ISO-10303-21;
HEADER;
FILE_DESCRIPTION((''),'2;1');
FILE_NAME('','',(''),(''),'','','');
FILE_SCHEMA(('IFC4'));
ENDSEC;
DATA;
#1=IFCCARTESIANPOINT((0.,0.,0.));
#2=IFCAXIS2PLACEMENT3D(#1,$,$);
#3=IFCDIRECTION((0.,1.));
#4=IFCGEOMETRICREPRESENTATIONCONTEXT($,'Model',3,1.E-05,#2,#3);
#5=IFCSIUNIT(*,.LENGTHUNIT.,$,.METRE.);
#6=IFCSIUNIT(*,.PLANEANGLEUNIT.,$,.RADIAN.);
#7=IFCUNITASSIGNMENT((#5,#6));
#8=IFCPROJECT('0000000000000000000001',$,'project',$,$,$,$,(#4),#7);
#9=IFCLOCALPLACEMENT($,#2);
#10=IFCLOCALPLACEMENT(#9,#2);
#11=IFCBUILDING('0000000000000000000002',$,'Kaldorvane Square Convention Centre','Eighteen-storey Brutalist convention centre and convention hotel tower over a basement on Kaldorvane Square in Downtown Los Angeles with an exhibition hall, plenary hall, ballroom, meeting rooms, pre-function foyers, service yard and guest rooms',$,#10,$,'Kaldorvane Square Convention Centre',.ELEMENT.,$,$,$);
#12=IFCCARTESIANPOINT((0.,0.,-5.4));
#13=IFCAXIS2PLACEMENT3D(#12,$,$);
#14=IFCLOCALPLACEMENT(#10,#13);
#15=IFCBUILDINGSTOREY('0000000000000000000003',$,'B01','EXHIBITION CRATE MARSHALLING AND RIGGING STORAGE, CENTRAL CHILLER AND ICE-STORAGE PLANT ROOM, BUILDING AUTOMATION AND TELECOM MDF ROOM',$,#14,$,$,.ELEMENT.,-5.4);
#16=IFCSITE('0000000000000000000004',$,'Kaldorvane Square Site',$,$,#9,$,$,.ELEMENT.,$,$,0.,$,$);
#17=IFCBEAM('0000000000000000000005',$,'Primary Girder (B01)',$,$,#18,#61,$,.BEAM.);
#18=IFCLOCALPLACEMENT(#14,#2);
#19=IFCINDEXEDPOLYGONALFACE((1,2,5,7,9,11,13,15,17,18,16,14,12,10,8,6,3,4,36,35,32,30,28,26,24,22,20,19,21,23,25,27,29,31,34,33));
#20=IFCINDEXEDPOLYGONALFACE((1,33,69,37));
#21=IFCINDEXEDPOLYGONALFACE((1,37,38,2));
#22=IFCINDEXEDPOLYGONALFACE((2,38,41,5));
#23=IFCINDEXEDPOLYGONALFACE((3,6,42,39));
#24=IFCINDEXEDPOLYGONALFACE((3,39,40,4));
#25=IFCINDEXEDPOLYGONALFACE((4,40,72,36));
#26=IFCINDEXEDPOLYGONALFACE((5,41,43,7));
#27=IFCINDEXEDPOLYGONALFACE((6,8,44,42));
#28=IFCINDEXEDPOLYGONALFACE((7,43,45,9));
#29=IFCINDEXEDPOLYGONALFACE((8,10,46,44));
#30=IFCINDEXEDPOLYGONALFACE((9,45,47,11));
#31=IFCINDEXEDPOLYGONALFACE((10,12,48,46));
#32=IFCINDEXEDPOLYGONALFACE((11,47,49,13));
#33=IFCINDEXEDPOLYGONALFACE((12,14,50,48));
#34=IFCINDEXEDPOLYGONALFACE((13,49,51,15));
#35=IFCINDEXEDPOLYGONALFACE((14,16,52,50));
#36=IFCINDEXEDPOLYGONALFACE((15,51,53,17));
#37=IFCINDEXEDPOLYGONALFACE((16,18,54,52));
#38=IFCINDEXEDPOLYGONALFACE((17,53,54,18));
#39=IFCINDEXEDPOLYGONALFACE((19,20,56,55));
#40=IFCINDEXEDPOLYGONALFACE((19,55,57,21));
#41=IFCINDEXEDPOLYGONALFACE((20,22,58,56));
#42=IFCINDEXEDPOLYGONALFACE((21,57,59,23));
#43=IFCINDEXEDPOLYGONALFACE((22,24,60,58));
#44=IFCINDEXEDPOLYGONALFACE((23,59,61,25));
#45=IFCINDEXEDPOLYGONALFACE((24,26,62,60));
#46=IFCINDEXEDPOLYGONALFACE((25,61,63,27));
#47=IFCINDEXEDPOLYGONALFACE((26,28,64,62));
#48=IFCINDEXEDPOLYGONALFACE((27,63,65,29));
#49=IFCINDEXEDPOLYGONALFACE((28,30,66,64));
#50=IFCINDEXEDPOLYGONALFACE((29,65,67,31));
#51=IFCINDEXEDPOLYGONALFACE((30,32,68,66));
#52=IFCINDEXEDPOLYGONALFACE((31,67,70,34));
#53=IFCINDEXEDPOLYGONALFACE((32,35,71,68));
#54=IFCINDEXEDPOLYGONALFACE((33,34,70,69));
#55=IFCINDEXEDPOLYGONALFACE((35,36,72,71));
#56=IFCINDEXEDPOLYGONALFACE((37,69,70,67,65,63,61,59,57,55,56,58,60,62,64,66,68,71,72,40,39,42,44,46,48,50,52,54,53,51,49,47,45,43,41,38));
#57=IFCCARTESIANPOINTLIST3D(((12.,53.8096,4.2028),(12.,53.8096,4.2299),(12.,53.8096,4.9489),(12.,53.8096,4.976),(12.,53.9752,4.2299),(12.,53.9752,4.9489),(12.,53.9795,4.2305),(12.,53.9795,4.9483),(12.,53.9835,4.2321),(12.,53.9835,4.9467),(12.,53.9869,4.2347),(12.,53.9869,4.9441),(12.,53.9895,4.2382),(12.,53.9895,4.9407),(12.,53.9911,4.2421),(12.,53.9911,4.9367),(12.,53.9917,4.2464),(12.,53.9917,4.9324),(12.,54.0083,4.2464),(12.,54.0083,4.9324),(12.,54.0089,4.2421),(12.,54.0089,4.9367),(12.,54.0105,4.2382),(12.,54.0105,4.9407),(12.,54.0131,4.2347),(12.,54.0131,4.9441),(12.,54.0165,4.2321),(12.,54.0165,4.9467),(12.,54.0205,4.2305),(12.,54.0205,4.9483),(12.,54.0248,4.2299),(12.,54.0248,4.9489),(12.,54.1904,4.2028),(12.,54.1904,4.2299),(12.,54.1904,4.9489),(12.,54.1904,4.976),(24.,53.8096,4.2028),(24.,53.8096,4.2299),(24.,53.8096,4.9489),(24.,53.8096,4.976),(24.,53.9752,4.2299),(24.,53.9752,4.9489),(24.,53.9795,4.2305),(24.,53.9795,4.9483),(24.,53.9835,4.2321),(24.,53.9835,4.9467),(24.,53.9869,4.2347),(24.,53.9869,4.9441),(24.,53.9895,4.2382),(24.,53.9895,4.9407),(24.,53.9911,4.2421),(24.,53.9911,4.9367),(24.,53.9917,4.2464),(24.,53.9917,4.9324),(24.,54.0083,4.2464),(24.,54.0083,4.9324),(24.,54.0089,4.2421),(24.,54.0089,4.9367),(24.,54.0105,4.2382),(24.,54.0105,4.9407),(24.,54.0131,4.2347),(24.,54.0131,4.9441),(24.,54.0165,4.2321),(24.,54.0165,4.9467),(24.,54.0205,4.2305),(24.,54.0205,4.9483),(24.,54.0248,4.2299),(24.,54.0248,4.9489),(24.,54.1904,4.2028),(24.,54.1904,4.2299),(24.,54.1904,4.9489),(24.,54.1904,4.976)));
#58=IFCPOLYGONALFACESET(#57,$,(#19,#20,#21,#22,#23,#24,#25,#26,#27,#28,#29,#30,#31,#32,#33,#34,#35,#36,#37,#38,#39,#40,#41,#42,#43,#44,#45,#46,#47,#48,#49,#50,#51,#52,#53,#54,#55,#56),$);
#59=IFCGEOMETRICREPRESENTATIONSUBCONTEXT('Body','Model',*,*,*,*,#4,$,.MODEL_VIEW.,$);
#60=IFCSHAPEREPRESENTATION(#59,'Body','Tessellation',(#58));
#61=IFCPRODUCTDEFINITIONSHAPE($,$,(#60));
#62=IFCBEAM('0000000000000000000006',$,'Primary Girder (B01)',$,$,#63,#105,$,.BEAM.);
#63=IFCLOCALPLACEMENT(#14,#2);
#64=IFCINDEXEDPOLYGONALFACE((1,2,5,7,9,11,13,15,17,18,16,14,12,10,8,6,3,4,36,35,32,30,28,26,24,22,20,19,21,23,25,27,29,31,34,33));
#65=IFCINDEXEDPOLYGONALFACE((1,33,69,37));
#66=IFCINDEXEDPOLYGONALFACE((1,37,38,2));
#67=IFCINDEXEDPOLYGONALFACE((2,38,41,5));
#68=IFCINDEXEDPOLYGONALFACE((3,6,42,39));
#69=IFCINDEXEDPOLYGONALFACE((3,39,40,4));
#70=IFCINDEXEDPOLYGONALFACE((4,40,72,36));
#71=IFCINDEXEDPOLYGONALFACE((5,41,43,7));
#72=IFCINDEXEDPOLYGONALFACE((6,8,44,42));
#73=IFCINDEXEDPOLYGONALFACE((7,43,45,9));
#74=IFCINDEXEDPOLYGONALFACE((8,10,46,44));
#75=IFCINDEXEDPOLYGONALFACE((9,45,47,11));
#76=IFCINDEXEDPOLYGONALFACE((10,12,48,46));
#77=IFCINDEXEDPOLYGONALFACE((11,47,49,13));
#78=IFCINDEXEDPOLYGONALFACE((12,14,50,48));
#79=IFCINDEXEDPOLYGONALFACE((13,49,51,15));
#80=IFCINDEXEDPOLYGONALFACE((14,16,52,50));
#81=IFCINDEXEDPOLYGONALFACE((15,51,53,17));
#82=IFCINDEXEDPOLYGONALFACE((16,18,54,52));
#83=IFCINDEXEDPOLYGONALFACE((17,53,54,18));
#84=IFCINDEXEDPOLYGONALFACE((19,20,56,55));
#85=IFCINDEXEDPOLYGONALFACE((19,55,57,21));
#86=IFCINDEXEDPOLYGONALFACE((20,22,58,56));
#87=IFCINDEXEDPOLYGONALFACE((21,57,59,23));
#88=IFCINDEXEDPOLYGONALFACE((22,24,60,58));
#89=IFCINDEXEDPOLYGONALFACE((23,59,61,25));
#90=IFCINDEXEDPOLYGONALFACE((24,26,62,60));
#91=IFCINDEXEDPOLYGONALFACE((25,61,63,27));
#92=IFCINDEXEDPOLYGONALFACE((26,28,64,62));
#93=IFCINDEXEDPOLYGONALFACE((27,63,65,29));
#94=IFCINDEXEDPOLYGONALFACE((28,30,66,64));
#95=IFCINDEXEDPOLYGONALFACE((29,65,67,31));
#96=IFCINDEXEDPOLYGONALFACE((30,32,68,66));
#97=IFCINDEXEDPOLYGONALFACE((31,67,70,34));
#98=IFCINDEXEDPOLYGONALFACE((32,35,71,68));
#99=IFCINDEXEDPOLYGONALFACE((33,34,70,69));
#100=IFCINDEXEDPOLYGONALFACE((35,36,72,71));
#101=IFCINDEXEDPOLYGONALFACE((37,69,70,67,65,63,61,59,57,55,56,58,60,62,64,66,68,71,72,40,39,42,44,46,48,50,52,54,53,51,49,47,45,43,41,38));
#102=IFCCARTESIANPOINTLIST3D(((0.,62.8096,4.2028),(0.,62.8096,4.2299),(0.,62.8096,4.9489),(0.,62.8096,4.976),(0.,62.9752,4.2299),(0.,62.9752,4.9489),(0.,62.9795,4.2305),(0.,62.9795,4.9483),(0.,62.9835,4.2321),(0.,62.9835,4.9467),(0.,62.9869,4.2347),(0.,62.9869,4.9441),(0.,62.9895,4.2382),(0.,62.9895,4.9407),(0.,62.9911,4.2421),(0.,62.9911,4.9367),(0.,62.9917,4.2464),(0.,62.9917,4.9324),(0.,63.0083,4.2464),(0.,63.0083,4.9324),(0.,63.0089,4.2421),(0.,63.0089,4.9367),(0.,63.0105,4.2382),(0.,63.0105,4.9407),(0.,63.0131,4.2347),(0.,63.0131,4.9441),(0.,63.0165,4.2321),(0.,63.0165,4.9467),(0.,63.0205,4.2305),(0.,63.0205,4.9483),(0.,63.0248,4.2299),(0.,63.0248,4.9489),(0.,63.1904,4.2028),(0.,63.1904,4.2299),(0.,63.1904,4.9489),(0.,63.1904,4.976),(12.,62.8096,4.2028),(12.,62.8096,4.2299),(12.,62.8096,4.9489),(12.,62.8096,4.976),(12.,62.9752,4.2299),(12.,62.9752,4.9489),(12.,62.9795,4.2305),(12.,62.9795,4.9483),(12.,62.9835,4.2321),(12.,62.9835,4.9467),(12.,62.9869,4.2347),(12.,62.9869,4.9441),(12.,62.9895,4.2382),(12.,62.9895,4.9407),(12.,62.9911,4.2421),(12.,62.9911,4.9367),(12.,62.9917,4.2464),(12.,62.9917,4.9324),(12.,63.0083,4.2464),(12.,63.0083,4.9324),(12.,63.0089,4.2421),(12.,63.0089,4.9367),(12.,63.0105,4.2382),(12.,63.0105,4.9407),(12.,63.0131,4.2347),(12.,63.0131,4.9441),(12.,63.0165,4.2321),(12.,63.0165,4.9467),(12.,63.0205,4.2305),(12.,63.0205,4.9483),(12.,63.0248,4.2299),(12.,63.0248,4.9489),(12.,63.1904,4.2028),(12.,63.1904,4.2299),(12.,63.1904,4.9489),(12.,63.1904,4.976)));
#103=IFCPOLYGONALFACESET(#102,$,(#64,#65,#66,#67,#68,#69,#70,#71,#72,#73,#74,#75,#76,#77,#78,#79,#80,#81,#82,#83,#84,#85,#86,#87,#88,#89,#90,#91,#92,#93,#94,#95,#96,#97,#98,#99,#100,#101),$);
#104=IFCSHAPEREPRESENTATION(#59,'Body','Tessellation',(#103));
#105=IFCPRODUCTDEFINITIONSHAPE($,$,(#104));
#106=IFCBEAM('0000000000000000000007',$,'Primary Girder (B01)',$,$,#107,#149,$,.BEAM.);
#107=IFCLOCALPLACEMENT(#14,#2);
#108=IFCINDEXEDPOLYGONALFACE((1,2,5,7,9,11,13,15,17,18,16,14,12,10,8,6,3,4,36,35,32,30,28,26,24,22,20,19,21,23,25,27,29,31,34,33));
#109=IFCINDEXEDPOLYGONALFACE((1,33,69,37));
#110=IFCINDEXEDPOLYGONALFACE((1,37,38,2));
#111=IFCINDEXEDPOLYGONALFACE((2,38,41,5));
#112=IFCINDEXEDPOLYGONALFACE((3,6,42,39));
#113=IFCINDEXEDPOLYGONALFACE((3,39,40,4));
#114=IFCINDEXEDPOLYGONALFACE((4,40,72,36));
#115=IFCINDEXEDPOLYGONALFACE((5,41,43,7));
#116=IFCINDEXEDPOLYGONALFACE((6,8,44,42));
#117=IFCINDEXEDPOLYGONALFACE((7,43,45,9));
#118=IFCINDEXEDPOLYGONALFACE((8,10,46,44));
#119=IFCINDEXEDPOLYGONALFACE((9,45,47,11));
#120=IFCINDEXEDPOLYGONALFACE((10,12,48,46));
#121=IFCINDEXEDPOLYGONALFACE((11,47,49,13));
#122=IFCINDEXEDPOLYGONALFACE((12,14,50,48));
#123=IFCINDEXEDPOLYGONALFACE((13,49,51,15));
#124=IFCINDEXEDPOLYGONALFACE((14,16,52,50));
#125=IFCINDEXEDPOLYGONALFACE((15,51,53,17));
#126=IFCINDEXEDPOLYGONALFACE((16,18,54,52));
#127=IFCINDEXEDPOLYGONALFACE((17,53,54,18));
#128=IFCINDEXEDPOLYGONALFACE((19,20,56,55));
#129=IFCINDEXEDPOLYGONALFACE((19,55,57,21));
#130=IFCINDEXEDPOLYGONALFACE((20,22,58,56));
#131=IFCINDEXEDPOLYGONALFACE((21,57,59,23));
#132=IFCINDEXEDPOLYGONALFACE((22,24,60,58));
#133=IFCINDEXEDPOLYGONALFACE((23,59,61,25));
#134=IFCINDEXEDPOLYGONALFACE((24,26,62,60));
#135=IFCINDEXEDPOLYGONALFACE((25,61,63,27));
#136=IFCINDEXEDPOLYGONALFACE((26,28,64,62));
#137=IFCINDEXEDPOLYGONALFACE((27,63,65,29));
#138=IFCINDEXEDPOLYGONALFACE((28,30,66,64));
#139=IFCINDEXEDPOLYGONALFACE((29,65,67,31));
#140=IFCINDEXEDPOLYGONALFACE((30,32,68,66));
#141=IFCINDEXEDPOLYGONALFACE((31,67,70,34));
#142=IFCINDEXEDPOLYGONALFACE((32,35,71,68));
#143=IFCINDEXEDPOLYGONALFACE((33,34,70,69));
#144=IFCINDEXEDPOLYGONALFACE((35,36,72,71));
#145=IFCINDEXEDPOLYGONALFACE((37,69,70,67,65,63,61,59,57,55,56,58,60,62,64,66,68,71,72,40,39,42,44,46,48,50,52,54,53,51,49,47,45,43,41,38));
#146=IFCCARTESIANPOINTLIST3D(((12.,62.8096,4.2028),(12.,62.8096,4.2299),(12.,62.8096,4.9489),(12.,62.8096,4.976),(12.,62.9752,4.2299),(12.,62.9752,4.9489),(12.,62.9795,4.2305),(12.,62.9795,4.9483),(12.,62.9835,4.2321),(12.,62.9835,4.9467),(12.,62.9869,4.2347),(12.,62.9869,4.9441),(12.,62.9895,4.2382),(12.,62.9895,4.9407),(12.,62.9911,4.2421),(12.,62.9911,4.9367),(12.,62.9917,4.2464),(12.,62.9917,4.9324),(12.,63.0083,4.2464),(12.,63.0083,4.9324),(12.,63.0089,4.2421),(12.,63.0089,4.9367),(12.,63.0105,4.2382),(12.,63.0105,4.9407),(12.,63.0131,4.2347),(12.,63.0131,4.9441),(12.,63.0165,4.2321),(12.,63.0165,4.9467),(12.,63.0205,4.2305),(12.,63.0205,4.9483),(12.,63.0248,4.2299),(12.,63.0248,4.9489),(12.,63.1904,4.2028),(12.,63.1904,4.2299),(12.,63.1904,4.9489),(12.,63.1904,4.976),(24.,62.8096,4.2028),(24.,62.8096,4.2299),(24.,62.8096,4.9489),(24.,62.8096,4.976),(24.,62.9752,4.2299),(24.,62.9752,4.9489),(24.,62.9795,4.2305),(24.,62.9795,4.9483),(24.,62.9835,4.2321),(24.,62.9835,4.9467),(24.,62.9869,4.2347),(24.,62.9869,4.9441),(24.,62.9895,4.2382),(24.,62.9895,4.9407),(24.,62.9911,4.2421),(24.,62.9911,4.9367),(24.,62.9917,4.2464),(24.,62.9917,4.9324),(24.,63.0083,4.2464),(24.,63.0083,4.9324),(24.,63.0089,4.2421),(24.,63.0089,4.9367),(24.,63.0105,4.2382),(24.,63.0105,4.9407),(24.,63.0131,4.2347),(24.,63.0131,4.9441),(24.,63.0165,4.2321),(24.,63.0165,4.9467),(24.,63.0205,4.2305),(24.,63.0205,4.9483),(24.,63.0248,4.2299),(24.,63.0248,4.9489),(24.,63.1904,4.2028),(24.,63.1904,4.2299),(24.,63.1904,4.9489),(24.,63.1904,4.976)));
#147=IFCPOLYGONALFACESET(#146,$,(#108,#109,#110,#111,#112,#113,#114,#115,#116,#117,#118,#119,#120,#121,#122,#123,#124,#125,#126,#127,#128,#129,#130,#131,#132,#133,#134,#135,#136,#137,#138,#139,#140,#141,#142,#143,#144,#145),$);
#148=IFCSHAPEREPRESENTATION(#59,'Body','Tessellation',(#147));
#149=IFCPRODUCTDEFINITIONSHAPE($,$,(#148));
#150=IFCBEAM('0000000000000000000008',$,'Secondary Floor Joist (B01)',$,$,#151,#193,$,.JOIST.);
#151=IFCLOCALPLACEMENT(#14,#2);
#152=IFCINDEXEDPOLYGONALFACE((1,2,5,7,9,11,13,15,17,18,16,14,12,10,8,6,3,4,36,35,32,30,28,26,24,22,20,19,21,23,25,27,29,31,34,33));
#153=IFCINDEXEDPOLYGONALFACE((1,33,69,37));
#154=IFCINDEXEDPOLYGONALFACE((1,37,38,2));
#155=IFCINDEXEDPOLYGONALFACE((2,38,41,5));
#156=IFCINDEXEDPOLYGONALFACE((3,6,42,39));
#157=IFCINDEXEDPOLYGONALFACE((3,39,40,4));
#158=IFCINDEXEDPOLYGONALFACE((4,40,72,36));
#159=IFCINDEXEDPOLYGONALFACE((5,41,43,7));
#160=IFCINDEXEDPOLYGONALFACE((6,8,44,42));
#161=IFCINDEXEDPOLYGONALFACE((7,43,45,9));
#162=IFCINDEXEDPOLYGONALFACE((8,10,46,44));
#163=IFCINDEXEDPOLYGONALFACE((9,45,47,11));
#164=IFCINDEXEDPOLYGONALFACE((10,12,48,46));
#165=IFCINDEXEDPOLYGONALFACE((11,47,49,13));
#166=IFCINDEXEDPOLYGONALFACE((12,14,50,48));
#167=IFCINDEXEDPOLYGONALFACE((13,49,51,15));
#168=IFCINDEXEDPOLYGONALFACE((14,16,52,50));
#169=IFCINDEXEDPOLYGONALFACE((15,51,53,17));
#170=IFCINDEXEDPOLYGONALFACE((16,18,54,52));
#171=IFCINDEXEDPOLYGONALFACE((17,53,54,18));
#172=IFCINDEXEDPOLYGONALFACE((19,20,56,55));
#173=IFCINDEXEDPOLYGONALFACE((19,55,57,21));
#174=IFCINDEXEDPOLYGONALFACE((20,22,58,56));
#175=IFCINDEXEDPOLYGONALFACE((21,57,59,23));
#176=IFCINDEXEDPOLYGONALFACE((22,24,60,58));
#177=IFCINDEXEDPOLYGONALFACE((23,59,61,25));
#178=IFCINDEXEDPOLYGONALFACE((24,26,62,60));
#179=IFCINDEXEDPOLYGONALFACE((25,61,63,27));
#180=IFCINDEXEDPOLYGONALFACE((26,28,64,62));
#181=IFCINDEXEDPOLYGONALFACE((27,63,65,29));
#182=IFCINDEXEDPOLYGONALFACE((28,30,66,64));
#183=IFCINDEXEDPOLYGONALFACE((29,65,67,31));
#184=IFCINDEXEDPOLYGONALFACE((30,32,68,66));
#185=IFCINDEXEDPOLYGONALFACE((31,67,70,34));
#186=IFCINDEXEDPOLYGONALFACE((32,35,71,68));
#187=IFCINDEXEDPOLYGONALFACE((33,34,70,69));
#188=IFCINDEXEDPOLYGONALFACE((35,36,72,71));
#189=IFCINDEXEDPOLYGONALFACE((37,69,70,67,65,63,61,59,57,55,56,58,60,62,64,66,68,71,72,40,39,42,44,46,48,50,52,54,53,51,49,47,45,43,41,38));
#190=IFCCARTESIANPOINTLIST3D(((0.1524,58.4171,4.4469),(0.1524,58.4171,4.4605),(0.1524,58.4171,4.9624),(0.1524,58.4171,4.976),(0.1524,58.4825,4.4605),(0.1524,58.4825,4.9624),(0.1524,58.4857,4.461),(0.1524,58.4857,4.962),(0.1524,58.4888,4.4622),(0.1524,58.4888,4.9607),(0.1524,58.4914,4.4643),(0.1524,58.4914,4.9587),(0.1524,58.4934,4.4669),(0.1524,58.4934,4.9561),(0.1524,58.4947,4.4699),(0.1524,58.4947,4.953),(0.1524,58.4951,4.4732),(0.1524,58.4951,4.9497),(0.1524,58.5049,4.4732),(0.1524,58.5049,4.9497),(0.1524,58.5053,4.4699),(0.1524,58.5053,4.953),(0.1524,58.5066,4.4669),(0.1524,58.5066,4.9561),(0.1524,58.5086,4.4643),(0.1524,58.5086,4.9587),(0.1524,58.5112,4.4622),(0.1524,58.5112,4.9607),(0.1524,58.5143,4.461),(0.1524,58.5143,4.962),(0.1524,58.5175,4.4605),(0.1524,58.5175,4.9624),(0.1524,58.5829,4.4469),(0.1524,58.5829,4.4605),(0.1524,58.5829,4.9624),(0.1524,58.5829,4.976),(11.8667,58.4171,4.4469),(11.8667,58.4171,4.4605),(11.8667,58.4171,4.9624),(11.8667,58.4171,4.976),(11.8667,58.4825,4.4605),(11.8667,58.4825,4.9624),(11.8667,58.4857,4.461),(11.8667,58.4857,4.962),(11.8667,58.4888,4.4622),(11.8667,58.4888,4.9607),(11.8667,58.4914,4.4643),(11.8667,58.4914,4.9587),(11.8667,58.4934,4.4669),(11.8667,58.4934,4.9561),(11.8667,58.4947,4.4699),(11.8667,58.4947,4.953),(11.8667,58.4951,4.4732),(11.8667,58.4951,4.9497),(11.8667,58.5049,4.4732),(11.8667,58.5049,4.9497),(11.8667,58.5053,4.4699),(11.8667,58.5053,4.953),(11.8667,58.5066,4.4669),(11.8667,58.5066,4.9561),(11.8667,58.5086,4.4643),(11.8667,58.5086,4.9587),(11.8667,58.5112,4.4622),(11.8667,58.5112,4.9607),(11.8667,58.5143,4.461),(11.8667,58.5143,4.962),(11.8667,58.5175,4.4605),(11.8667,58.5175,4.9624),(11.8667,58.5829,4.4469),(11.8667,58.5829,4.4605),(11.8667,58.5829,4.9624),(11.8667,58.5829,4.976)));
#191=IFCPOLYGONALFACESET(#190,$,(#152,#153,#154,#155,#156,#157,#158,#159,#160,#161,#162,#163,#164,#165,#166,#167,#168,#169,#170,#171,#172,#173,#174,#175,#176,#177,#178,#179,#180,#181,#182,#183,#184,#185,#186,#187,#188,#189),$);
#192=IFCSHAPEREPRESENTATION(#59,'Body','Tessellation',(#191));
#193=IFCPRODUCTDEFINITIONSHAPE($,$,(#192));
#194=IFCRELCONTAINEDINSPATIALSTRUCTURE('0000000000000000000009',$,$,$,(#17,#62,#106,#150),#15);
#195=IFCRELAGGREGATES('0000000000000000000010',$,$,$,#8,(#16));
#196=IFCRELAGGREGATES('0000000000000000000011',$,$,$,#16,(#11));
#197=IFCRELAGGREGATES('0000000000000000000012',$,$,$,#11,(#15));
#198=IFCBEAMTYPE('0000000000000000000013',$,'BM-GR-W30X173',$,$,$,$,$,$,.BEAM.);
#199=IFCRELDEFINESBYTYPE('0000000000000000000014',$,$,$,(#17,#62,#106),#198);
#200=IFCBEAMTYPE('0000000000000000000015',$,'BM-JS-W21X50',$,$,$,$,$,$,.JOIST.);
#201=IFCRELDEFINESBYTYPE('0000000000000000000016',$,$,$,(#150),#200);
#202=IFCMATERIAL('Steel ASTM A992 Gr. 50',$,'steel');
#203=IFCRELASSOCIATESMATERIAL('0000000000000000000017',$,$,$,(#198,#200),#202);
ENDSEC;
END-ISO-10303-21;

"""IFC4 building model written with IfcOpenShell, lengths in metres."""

from ifc_helpers import new_model, si_unit, direction, frame, origin, origin_2d, place, context, subcontext, project, spatial, i_section, extrude, material, material_profile, profile_set, type_object, element, save


model = new_model("IFC4")

# Units and contexts
model_context = context("Model", 3, precision=1e-05, world=origin(), true_north=direction((0.0, 1.0)))
body_context = subcontext(model_context, "Body", "Model", "MODEL_VIEW")
ifc_project = project(units=[si_unit("LENGTHUNIT", "METRE"), si_unit("PLANEANGLEUNIT", "RADIAN")], contexts=[model_context])

# Site, building, storey
site_placement = place(None, origin())
site = spatial("IfcSite", under=ifc_project, at=site_placement, Name="Kaldorvane Square Site", CompositionType="ELEMENT", RefElevation=0.0)
building_placement = place(site_placement, origin())
building = spatial("IfcBuilding", under=site, at=building_placement, Name="Kaldorvane Square Convention Centre", Description="Eighteen-storey Brutalist convention centre and convention hotel tower over a basement on Kaldorvane Square in Downtown Los Angeles with an exhibition hall, plenary hall, ballroom, meeting rooms, pre-function foyers, service yard and guest rooms", LongName="Kaldorvane Square Convention Centre", CompositionType="ELEMENT")
storey_placement = place(building_placement, frame((0.0, 0.0, -5.4)))
storey = spatial("IfcBuildingStorey", under=building, at=storey_placement, Name="B01", Description="EXHIBITION CRATE MARSHALLING AND RIGGING STORAGE, CENTRAL CHILLER AND ICE-STORAGE PLANT ROOM, BUILDING AUTOMATION AND TELECOM MDF ROOM", CompositionType="ELEMENT", Elevation=-5.4)

# Shared definitions
ifc_material_1 = material(Name="Steel ASTM A992 Gr. 50", Category="steel")

# Beams
ifc_material_profile_1 = material_profile(ifc_material_1, i_section(OverallWidth=0.3807, OverallDepth=0.7732, WebThickness=0.0166, FlangeThickness=0.0271, FilletRadius=0.0165, at=origin_2d()), Name="W30X173")
ifc_profile_set_1 = profile_set([ifc_material_profile_1], Name="Steel ASTM A992 Gr. 50")
beam_type_1 = type_object("IfcBeamType", Name="BM-GR-W30X173", PredefinedType="BEAM", material=ifc_profile_set_1)
for number, where, z_axis, x_axis, name in (
    (1, (12.0, 54.0, 4.5894), (1.0, 0.0, 0.0), (0.0, 1.0, 0.0), "Primary Girder (B01)"),
    (2, (0.0, 63.0, 4.5894), (1.0, 0.0, 0.0), (0.0, 1.0, 0.0), "Primary Girder (B01)"),
    (3, (12.0, 63.0, 4.5894), (1.0, 0.0, 0.0), (0.0, 1.0, 0.0), "Primary Girder (B01)"),
):
    element("IfcBeam", number, at=place(storey_placement, frame(where, z_axis=z_axis, x_axis=x_axis)), inside=storey, type_object=beam_type_1, Name=name, PredefinedType="BEAM", context=body_context, shape_type="SweptSolid", body=[
        extrude(i_section(OverallWidth=0.3807, OverallDepth=0.7732, WebThickness=0.0166, FlangeThickness=0.0271, FilletRadius=0.0165, at=origin_2d()), origin(), (0.0, 0.0, 1.0), 12.0),
    ])
ifc_material_profile_2 = material_profile(ifc_material_1, i_section(OverallWidth=0.1659, OverallDepth=0.5291, WebThickness=0.0097, FlangeThickness=0.0136, FilletRadius=0.0127, at=origin_2d()), Name="W21X50")
ifc_profile_set_2 = profile_set([ifc_material_profile_2], Name="Steel ASTM A992 Gr. 50")
beam_type_2 = type_object("IfcBeamType", Name="BM-JS-W21X50", PredefinedType="JOIST", material=ifc_profile_set_2)
beam_1_placement = place(storey_placement, frame((0.1524, 58.5, 4.7115), z_axis=(1.0, 0.0, 0.0), x_axis=(0.0, 1.0, 0.0)))
element("IfcBeam", 4, at=beam_1_placement, inside=storey, type_object=beam_type_2, Name="Secondary Floor Joist (B01)", PredefinedType="JOIST", context=body_context, shape_type="SweptSolid", body=[
    extrude(i_section(OverallWidth=0.1659, OverallDepth=0.5291, WebThickness=0.0097, FlangeThickness=0.0136, FilletRadius=0.0127, at=origin_2d()), origin(), (0.0, 0.0, 1.0), 11.7143),
])

save(model, "model.ifc")
